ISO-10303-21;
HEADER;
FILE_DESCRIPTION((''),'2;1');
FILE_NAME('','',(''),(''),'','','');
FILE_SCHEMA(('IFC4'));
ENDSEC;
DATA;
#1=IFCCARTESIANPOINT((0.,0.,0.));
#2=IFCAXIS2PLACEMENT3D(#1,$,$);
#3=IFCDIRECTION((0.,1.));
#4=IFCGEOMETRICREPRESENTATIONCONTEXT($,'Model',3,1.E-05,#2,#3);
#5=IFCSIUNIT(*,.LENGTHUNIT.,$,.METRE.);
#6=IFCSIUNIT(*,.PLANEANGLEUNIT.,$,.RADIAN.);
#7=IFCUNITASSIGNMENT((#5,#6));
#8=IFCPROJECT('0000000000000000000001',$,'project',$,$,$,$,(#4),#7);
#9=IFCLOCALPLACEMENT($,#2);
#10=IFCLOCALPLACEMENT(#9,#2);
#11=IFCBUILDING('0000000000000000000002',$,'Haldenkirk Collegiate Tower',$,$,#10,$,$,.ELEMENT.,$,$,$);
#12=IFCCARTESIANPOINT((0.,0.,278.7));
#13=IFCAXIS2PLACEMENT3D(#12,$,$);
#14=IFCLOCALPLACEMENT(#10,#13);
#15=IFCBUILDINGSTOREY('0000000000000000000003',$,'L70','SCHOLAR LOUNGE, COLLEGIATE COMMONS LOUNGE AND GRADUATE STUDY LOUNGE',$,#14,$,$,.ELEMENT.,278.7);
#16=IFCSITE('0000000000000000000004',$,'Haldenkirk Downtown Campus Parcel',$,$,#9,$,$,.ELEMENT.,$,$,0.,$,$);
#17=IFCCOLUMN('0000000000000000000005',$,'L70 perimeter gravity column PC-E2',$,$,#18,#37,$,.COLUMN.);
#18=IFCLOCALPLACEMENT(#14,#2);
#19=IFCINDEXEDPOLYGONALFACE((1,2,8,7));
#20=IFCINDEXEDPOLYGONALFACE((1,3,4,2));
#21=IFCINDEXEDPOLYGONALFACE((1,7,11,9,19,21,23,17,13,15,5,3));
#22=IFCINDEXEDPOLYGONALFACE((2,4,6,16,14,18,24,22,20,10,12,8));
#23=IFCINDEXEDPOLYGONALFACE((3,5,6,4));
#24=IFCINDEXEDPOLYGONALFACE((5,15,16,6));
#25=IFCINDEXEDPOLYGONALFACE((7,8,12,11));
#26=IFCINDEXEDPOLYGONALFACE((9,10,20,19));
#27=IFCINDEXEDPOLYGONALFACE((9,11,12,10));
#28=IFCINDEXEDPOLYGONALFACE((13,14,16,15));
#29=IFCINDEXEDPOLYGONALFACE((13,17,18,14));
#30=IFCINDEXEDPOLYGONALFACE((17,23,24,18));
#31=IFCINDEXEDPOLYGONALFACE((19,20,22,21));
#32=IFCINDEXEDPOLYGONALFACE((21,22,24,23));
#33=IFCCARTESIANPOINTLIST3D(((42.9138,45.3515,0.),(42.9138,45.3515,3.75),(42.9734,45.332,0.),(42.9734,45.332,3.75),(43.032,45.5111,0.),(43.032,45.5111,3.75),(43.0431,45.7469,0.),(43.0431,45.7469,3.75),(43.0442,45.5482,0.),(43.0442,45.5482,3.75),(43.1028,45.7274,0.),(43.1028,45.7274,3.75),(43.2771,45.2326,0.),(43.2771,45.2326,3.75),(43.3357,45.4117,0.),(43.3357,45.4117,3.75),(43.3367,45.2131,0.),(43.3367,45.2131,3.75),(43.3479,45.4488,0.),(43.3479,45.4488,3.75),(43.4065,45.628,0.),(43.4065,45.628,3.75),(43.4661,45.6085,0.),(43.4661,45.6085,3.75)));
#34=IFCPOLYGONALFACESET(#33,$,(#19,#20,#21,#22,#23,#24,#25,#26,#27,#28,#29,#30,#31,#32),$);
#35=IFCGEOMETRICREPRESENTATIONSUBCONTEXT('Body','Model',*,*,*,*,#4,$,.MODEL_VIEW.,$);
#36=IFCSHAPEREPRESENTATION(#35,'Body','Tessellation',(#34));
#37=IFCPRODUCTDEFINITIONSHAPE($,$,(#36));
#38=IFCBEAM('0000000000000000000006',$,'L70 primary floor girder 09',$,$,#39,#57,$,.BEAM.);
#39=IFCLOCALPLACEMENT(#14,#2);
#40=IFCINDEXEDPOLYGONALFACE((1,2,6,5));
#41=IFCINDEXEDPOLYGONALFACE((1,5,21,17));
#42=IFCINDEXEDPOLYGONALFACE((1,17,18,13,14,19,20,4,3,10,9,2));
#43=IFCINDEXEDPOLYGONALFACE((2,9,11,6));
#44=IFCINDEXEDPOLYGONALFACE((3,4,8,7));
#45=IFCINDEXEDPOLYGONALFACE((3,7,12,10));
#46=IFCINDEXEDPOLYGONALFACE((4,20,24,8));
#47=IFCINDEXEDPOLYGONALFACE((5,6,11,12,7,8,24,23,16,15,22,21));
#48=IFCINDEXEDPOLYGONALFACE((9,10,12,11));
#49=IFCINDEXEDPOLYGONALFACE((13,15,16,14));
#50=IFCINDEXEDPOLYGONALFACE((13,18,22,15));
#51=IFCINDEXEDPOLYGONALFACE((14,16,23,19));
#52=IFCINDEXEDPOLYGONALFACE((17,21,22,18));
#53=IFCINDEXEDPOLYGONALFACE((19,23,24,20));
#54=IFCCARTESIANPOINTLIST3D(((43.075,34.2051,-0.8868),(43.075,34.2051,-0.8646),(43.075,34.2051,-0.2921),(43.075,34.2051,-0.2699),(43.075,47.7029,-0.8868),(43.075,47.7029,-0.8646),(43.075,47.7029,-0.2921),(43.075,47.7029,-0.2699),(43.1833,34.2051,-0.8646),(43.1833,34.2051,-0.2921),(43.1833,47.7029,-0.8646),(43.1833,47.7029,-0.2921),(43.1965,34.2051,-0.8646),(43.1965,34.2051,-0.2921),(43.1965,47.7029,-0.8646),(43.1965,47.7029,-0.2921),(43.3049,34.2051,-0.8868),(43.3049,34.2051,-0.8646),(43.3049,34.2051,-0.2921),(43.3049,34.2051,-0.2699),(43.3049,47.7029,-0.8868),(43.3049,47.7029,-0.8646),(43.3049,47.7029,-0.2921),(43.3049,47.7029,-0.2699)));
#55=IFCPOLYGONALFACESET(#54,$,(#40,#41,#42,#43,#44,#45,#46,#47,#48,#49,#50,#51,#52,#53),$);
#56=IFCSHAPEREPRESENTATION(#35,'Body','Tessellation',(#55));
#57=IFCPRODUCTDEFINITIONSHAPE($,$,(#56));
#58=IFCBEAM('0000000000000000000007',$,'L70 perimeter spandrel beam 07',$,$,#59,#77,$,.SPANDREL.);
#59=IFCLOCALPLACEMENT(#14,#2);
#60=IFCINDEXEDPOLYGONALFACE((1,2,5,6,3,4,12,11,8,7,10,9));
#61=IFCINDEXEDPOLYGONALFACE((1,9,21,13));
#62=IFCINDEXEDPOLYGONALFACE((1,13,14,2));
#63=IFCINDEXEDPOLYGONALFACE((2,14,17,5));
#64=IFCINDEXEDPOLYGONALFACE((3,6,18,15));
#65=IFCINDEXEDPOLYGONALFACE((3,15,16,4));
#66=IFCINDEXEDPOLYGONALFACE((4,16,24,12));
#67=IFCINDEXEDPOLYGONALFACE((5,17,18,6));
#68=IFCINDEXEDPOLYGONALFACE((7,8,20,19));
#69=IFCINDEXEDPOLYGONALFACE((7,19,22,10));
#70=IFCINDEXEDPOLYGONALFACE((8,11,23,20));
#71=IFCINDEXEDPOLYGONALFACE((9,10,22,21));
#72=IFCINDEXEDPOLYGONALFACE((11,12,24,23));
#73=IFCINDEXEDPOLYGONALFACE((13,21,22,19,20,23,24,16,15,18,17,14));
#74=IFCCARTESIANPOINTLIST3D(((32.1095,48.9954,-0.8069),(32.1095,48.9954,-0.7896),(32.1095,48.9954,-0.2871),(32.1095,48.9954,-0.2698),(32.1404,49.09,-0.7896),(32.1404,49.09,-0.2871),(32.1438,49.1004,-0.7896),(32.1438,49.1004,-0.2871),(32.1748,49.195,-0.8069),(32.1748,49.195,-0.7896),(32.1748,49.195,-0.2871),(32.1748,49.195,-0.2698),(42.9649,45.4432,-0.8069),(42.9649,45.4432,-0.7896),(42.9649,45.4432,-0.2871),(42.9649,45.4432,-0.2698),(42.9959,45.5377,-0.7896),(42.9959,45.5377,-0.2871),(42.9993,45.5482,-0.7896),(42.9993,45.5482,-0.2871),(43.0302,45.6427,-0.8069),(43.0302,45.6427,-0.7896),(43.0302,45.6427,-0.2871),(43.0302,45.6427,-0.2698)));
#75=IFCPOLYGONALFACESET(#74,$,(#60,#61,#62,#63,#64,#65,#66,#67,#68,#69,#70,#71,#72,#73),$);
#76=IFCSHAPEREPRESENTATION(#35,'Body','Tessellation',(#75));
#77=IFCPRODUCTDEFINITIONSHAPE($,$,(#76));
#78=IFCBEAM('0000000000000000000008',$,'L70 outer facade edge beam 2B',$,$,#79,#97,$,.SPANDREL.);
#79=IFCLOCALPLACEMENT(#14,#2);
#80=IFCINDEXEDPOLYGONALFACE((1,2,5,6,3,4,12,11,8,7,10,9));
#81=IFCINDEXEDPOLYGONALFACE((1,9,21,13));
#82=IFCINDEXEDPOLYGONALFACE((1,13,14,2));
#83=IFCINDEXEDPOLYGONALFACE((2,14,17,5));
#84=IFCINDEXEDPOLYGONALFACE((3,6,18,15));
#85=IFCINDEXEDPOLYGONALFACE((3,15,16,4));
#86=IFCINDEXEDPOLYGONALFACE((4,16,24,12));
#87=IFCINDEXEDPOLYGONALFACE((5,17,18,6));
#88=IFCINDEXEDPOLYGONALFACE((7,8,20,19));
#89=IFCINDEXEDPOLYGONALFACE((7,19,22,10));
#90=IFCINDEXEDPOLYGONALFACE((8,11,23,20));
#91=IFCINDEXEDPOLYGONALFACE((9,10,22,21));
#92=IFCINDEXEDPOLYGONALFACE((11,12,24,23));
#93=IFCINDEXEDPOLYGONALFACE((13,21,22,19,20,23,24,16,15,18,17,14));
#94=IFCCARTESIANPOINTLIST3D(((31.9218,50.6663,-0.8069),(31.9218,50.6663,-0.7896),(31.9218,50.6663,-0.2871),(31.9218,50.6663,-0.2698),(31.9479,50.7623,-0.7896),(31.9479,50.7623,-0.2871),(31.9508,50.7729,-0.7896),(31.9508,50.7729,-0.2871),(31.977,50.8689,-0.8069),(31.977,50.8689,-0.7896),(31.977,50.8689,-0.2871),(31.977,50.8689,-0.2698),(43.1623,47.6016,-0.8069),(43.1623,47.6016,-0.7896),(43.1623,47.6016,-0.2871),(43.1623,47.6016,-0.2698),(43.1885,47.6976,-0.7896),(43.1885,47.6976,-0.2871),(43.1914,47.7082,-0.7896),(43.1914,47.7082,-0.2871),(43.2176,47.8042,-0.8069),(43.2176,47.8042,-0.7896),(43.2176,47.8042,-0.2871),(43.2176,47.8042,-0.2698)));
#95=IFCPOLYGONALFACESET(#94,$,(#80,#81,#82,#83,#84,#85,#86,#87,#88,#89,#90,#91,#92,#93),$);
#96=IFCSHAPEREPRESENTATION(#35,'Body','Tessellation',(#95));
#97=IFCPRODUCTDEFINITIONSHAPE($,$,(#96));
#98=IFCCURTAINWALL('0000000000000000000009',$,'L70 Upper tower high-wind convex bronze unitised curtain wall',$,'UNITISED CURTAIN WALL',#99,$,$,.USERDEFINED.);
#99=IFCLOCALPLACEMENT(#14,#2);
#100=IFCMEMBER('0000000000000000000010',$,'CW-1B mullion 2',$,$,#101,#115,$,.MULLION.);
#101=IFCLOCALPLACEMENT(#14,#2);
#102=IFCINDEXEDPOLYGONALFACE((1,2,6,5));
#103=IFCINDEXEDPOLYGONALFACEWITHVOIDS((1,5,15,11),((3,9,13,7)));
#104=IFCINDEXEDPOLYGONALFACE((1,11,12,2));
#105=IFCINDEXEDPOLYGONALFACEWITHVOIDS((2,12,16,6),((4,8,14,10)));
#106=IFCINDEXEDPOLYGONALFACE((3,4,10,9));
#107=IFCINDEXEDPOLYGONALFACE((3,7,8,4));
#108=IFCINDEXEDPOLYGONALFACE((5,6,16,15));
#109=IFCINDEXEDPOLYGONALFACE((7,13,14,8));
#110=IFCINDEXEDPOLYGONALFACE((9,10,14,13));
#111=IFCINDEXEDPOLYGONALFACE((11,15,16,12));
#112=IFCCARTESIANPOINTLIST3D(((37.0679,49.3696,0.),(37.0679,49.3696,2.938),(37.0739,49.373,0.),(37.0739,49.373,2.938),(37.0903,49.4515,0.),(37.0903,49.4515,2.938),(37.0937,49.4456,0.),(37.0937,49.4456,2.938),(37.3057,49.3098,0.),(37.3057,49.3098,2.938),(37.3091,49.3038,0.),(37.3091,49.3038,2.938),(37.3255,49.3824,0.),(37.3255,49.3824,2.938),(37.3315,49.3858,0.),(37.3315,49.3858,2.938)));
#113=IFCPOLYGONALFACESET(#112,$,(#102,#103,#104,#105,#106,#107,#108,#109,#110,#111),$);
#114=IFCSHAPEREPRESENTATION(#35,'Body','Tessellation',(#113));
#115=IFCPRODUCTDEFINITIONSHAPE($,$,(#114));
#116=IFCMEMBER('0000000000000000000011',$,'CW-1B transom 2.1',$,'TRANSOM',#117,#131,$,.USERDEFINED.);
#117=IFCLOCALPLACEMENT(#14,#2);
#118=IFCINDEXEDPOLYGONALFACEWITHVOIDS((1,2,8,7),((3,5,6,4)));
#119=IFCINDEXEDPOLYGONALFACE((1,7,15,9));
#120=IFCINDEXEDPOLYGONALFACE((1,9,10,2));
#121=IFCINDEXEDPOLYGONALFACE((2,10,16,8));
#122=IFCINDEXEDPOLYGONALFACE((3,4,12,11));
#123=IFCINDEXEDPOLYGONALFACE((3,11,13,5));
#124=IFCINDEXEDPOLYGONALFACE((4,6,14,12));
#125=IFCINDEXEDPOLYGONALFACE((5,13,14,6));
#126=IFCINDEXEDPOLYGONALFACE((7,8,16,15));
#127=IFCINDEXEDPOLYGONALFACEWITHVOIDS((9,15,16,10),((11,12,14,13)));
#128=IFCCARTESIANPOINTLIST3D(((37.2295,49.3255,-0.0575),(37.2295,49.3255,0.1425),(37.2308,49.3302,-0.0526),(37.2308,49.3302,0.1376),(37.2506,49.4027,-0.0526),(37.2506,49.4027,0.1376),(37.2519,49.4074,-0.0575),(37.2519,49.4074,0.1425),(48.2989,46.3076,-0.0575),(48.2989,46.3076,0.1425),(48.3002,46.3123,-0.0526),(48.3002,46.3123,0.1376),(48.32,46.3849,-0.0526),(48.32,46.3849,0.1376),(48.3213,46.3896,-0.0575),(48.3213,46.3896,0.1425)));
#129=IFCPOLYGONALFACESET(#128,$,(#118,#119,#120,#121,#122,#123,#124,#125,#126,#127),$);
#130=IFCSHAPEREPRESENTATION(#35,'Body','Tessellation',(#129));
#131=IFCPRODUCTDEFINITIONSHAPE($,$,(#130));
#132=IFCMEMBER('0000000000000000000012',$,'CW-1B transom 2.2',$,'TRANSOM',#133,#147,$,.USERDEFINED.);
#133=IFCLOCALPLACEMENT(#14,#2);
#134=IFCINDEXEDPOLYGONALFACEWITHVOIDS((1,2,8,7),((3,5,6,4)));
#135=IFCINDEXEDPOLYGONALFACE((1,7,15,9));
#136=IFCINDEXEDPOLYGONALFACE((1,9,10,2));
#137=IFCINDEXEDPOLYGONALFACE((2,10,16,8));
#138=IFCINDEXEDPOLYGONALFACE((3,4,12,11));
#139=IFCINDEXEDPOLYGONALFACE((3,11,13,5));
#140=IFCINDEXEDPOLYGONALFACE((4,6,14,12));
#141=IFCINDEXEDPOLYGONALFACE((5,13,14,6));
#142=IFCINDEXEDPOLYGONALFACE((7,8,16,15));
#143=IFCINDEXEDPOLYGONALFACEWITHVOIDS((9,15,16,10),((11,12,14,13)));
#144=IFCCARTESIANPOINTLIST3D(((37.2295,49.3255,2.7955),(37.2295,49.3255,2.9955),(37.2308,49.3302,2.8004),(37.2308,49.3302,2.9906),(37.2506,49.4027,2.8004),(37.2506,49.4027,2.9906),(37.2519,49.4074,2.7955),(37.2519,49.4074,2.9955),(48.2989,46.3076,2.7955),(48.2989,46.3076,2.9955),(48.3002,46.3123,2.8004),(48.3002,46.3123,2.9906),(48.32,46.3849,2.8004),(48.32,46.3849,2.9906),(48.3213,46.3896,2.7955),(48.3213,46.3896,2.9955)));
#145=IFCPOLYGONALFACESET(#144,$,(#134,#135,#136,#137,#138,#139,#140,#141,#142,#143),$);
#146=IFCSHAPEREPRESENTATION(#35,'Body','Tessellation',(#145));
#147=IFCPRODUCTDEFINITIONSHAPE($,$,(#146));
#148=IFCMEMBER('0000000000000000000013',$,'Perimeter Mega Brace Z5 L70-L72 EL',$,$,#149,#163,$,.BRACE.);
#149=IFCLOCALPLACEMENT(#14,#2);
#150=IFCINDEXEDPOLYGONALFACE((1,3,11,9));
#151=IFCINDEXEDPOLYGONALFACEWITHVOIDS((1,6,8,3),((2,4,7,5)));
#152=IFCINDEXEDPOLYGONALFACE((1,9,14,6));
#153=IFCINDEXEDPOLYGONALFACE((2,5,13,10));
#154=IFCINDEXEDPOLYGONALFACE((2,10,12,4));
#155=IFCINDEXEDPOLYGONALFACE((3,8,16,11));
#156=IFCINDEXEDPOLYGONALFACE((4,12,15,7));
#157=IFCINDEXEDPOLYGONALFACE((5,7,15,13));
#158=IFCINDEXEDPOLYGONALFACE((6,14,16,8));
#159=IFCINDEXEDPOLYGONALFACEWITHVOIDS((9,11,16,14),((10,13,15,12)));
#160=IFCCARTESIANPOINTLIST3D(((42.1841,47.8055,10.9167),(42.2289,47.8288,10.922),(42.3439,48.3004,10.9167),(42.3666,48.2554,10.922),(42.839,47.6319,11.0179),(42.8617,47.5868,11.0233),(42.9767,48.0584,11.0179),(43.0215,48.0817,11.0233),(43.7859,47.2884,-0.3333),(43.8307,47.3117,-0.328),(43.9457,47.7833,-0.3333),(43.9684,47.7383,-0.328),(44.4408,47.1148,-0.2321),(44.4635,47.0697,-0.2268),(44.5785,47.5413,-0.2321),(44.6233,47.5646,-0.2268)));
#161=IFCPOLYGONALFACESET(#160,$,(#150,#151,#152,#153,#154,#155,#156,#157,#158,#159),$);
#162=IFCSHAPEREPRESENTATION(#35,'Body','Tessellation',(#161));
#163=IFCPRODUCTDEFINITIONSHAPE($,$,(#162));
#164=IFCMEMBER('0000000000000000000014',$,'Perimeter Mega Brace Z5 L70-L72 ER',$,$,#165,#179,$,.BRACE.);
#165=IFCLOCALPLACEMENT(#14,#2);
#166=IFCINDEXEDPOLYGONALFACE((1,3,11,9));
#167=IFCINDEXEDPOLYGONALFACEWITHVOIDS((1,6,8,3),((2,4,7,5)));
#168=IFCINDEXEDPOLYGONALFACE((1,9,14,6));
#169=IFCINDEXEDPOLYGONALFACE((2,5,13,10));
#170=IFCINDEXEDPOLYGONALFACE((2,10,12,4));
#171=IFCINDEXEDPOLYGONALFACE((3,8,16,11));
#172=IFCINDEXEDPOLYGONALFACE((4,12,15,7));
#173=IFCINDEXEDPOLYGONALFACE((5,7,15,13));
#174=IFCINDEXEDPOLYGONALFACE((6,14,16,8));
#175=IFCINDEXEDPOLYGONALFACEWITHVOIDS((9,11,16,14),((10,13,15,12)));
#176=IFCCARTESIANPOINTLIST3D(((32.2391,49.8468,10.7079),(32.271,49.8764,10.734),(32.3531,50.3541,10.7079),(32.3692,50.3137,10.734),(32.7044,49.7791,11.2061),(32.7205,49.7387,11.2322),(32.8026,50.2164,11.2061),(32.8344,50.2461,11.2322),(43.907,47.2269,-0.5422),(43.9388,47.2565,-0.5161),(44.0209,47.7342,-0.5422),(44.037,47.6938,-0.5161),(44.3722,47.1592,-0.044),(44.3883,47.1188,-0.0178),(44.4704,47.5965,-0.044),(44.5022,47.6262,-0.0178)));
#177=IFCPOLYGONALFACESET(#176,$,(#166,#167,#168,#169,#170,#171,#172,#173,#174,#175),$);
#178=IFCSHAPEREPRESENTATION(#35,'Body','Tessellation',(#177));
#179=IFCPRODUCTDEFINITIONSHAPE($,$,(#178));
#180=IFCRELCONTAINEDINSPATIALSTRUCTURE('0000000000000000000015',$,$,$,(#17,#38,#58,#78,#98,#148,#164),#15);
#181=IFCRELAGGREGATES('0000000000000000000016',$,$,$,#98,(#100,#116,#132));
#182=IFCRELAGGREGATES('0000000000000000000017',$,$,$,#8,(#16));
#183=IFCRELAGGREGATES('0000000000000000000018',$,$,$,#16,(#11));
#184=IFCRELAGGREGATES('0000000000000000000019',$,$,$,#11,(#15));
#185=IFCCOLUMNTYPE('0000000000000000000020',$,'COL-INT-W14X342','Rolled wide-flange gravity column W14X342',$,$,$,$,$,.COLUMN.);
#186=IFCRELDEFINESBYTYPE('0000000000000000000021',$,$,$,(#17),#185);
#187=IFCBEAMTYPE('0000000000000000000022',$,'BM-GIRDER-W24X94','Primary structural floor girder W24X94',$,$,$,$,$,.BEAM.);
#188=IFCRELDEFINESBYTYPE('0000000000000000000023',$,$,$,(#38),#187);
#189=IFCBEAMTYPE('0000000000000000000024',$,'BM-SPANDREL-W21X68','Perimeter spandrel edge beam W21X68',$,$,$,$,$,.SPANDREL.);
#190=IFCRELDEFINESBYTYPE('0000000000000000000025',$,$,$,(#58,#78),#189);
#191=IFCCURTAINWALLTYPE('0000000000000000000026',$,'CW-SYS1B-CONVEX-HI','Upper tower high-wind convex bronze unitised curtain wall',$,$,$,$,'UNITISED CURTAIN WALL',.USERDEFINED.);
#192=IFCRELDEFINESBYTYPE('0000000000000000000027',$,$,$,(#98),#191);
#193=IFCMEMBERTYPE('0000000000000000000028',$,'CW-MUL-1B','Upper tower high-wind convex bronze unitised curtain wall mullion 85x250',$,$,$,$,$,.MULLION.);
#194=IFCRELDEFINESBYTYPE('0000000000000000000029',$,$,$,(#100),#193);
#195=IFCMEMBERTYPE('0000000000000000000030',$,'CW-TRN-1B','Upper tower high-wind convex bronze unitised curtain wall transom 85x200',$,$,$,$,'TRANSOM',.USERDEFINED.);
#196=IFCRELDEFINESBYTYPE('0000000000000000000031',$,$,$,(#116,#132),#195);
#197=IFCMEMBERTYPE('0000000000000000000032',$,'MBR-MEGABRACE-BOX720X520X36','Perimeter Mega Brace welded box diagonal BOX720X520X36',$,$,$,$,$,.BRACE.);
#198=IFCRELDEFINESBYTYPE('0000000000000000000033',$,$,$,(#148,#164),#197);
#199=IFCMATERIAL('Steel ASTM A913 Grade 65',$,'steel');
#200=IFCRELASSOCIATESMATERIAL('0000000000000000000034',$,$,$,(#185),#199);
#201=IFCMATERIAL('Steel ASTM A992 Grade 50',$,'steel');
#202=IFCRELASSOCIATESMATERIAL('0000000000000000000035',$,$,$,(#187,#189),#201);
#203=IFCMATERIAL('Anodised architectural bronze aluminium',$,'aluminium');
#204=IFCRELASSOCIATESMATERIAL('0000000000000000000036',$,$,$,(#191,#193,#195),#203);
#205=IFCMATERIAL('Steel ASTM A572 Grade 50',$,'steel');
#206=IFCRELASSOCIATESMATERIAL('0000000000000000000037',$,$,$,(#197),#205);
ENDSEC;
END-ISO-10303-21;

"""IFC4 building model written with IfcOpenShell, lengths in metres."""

from ifc_helpers import new_model, si_unit, direction, frame, origin, origin_2d, place, context, subcontext, project, spatial, hollow_rectangle, i_section, extrude, material, material_profile, profile_set, type_object, element, aggregate, save


model = new_model("IFC4")

# Units and contexts
model_context = context("Model", 3, precision=1e-05, world=origin(), true_north=direction((0.0, 1.0)))
body_context = subcontext(model_context, "Body", "Model", "MODEL_VIEW")
ifc_project = project(units=[si_unit("LENGTHUNIT", "METRE"), si_unit("PLANEANGLEUNIT", "RADIAN")], contexts=[model_context])

# Site, building, storey
site_placement = place(None, origin())
site = spatial("IfcSite", under=ifc_project, at=site_placement, Name="Haldenkirk Downtown Campus Parcel", CompositionType="ELEMENT", RefElevation=0.0)
building_placement = place(site_placement, origin())
building = spatial("IfcBuilding", under=site, at=building_placement, Name="Haldenkirk Collegiate Tower", CompositionType="ELEMENT")
storey_placement = place(building_placement, frame((0.0, 0.0, 278.7)))
storey = spatial("IfcBuildingStorey", under=building, at=storey_placement, Name="L70", Description="SCHOLAR LOUNGE, COLLEGIATE COMMONS LOUNGE AND GRADUATE STUDY LOUNGE", CompositionType="ELEMENT", Elevation=278.7)

# Column
ifc_material_1 = material(Name="Steel ASTM A913 Grade 65", Category="steel")
ifc_material_profile_1 = material_profile(ifc_material_1, i_section(OverallWidth=0.416, OverallDepth=0.4451, WebThickness=0.0391, FlangeThickness=0.0627, at=origin_2d()), Name="W14X342")
ifc_profile_set_1 = profile_set([ifc_material_profile_1], Name="Steel ASTM A913 Grade 65")
column_type = type_object("IfcColumnType", Name="COL-INT-W14X342", Description="Rolled wide-flange gravity column W14X342", PredefinedType="COLUMN", material=ifc_profile_set_1)
column_placement = place(storey_placement, frame((43.1899, 45.48, 0.0), z_axis=(0.0, 0.0, 1.0), x_axis=(0.311008, 0.950407, 0.0)))
element("IfcColumn", 1, at=column_placement, inside=storey, type_object=column_type, Name="L70 perimeter gravity column PC-E2", PredefinedType="COLUMN", context=body_context, shape_type="SweptSolid", body=[
    extrude(i_section(OverallWidth=0.416, OverallDepth=0.4451, WebThickness=0.0391, FlangeThickness=0.0627, at=origin_2d()), origin(), (0.0, 0.0, 1.0), 3.75),
])

# Beams
ifc_material_2 = material(Name="Steel ASTM A992 Grade 50", Category="steel")
ifc_material_profile_2 = material_profile(ifc_material_2, i_section(OverallWidth=0.23, OverallDepth=0.6169, WebThickness=0.0132, FlangeThickness=0.0222, at=origin_2d()), Name="W24X94")
ifc_profile_set_2 = profile_set([ifc_material_profile_2], Name="Steel ASTM A992 Grade 50")
beam_type_1 = type_object("IfcBeamType", Name="BM-GIRDER-W24X94", Description="Primary structural floor girder W24X94", PredefinedType="BEAM", material=ifc_profile_set_2)
beam_1_placement = place(storey_placement, frame((43.1899, 47.7029, -0.5784), z_axis=(0.0, -1.0, 0.0), x_axis=(1.0, 0.0, 0.0)))
element("IfcBeam", 2, at=beam_1_placement, inside=storey, type_object=beam_type_1, Name="L70 primary floor girder 09", PredefinedType="BEAM", context=body_context, shape_type="SweptSolid", body=[
    extrude(i_section(OverallWidth=0.23, OverallDepth=0.6169, WebThickness=0.0132, FlangeThickness=0.0222, at=origin_2d()), origin(), (0.0, 0.0, 1.0), 13.4978),
])
ifc_material_profile_3 = material_profile(ifc_material_2, i_section(OverallWidth=0.21, OverallDepth=0.5371, WebThickness=0.011, FlangeThickness=0.0173, at=origin_2d()), Name="W21X68")
ifc_profile_set_3 = profile_set([ifc_material_profile_3], Name="Steel ASTM A992 Grade 50")
beam_type_2 = type_object("IfcBeamType", Name="BM-SPANDREL-W21X68", Description="Perimeter spandrel edge beam W21X68", PredefinedType="SPANDREL", material=ifc_profile_set_3)
beam_2_placement = place(storey_placement, frame((42.9976, 45.543, -0.5383), z_axis=(-0.950409, 0.311003, 0.0), x_axis=(-0.311003, -0.950409, 0.0)))
element("IfcBeam", 3, at=beam_2_placement, inside=storey, type_object=beam_type_2, Name="L70 perimeter spandrel beam 07", PredefinedType="SPANDREL", context=body_context, shape_type="SweptSolid", body=[
    extrude(i_section(OverallWidth=0.21, OverallDepth=0.5371, WebThickness=0.011, FlangeThickness=0.0173, at=origin_2d()), origin(), (0.0, 0.0, 1.0), 11.4219),
])
beam_3_placement = place(storey_placement, frame((43.1899, 47.7029, -0.5383), z_axis=(-0.964783, 0.263046, 0.0), x_axis=(-0.263046, -0.964783, 0.0)))
element("IfcBeam", 4, at=beam_3_placement, inside=storey, type_object=beam_type_2, Name="L70 outer facade edge beam 2B", PredefinedType="SPANDREL", context=body_context, shape_type="SweptSolid", body=[
    extrude(i_section(OverallWidth=0.21, OverallDepth=0.5371, WebThickness=0.011, FlangeThickness=0.0173, at=origin_2d()), origin(), (0.0, 0.0, 1.0), 11.6509),
])

# Curtain wall, members
ifc_material_3 = material(Name="Anodised architectural bronze aluminium", Category="aluminium")
curtain_wall_type = type_object("IfcCurtainWallType", Name="CW-SYS1B-CONVEX-HI", Description="Upper tower high-wind convex bronze unitised curtain wall", ElementType="UNITISED CURTAIN WALL", PredefinedType="USERDEFINED", material=ifc_material_3)
curtain_wall_placement = place(storey_placement, origin())
curtain_wall = element("IfcCurtainWall", 5, at=curtain_wall_placement, inside=storey, type_object=curtain_wall_type, Name="L70 Upper tower high-wind convex bronze unitised curtain wall", ObjectType="UNITISED CURTAIN WALL", PredefinedType="USERDEFINED")
ifc_material_profile_4 = material_profile(ifc_material_3, hollow_rectangle(XDim=0.085, YDim=0.25, WallThickness=0.0049, at=origin_2d()), Name="CW-MUL-1B")
ifc_profile_set_4 = profile_set([ifc_material_profile_4], Name="Anodised architectural bronze aluminium")
member_type_1 = type_object("IfcMemberType", Name="CW-MUL-1B", Description="Upper tower high-wind convex bronze unitised curtain wall mullion 85x250", PredefinedType="MULLION", material=ifc_profile_set_4)
member_1_placement = place(storey_placement, frame((37.1997, 49.3777, 0.0), z_axis=(0.0, 0.0, 1.0), x_axis=(0.263031, 0.964787, 0.0)))
member_1 = element("IfcMember", 6, at=member_1_placement, type_object=member_type_1, Name="CW-1B mullion 2", PredefinedType="MULLION", context=body_context, shape_type="SweptSolid", body=[
    extrude(hollow_rectangle(XDim=0.085, YDim=0.25, WallThickness=0.0049, at=origin_2d()), origin(), (0.0, 0.0, 1.0), 2.938),
])
ifc_material_profile_5 = material_profile(ifc_material_3, hollow_rectangle(XDim=0.085, YDim=0.2, WallThickness=0.0049, at=origin_2d()), Name="CW-TRN-1B")
ifc_profile_set_5 = profile_set([ifc_material_profile_5], Name="Anodised architectural bronze aluminium")
member_type_2 = type_object("IfcMemberType", Name="CW-TRN-1B", Description="Upper tower high-wind convex bronze unitised curtain wall transom 85x200", ElementType="TRANSOM", PredefinedType="USERDEFINED", material=ifc_profile_set_5)
member_2_placement = place(storey_placement, frame((37.2407, 49.3665, 0.0425), z_axis=(0.964788, -0.263029, 0.0), x_axis=(0.263029, 0.964788, 0.0)))
member_2 = element("IfcMember", 7, at=member_2_placement, type_object=member_type_2, Name="CW-1B transom 2.1", ObjectType="TRANSOM", PredefinedType="USERDEFINED", context=body_context, shape_type="SweptSolid", body=[
    extrude(hollow_rectangle(XDim=0.085, YDim=0.2, WallThickness=0.0049, at=origin_2d()), origin(), (0.0, 0.0, 1.0), 11.4734),
])
member_3_placement = place(storey_placement, frame((37.2407, 49.3665, 2.8955), z_axis=(0.964788, -0.263029, 0.0), x_axis=(0.263029, 0.964788, 0.0)))
member_3 = element("IfcMember", 8, at=member_3_placement, type_object=member_type_2, Name="CW-1B transom 2.2", ObjectType="TRANSOM", PredefinedType="USERDEFINED", context=body_context, shape_type="SweptSolid", body=[
    extrude(hollow_rectangle(XDim=0.085, YDim=0.2, WallThickness=0.0049, at=origin_2d()), origin(), (0.0, 0.0, 1.0), 11.4734),
])

# Members
ifc_material_4 = material(Name="Steel ASTM A572 Grade 50", Category="steel")
ifc_material_profile_6 = material_profile(ifc_material_4, hollow_rectangle(XDim=0.52, YDim=0.72, WallThickness=0.0359, at=origin_2d()), Name="BOX720X520X36")
ifc_profile_set_6 = profile_set([ifc_material_profile_6], Name="Steel ASTM A572 Grade 50")
member_type_3 = type_object("IfcMemberType", Name="MBR-MEGABRACE-BOX720X520X36", Description="Perimeter Mega Brace welded box diagonal BOX720X520X36", PredefinedType="BRACE", material=ifc_profile_set_6)
member_4_placement = place(storey_placement, frame((44.2046, 47.4265, -0.28), z_axis=(-0.140815, 0.045458, 0.988992), x_axis=(-0.307206, -0.951643, 0.0)))
element("IfcMember", 9, at=member_4_placement, inside=storey, type_object=member_type_3, Name="Perimeter Mega Brace Z5 L70-L72 EL", PredefinedType="BRACE", context=body_context, shape_type="SweptSolid", body=[
    extrude(hollow_rectangle(XDim=0.52, YDim=0.72, WallThickness=0.0359, at=origin_2d()), origin(), (0.0, 0.0, 1.0), 11.3752),
])
member_5_placement = place(storey_placement, frame((44.2046, 47.4265, -0.28), z_axis=(-0.710652, 0.15957, 0.685209), x_axis=(-0.219085, -0.975706, 0.0)))
element("IfcMember", 10, at=member_5_placement, inside=storey, type_object=member_type_3, Name="Perimeter Mega Brace Z5 L70-L72 ER", PredefinedType="BRACE", context=body_context, shape_type="SweptSolid", body=[
    extrude(hollow_rectangle(XDim=0.52, YDim=0.72, WallThickness=0.0359, at=origin_2d()), origin(), (0.0, 0.0, 1.0), 16.4185),
])

aggregate(curtain_wall, [member_1, member_2, member_3])

save(model, "model.ifc")
